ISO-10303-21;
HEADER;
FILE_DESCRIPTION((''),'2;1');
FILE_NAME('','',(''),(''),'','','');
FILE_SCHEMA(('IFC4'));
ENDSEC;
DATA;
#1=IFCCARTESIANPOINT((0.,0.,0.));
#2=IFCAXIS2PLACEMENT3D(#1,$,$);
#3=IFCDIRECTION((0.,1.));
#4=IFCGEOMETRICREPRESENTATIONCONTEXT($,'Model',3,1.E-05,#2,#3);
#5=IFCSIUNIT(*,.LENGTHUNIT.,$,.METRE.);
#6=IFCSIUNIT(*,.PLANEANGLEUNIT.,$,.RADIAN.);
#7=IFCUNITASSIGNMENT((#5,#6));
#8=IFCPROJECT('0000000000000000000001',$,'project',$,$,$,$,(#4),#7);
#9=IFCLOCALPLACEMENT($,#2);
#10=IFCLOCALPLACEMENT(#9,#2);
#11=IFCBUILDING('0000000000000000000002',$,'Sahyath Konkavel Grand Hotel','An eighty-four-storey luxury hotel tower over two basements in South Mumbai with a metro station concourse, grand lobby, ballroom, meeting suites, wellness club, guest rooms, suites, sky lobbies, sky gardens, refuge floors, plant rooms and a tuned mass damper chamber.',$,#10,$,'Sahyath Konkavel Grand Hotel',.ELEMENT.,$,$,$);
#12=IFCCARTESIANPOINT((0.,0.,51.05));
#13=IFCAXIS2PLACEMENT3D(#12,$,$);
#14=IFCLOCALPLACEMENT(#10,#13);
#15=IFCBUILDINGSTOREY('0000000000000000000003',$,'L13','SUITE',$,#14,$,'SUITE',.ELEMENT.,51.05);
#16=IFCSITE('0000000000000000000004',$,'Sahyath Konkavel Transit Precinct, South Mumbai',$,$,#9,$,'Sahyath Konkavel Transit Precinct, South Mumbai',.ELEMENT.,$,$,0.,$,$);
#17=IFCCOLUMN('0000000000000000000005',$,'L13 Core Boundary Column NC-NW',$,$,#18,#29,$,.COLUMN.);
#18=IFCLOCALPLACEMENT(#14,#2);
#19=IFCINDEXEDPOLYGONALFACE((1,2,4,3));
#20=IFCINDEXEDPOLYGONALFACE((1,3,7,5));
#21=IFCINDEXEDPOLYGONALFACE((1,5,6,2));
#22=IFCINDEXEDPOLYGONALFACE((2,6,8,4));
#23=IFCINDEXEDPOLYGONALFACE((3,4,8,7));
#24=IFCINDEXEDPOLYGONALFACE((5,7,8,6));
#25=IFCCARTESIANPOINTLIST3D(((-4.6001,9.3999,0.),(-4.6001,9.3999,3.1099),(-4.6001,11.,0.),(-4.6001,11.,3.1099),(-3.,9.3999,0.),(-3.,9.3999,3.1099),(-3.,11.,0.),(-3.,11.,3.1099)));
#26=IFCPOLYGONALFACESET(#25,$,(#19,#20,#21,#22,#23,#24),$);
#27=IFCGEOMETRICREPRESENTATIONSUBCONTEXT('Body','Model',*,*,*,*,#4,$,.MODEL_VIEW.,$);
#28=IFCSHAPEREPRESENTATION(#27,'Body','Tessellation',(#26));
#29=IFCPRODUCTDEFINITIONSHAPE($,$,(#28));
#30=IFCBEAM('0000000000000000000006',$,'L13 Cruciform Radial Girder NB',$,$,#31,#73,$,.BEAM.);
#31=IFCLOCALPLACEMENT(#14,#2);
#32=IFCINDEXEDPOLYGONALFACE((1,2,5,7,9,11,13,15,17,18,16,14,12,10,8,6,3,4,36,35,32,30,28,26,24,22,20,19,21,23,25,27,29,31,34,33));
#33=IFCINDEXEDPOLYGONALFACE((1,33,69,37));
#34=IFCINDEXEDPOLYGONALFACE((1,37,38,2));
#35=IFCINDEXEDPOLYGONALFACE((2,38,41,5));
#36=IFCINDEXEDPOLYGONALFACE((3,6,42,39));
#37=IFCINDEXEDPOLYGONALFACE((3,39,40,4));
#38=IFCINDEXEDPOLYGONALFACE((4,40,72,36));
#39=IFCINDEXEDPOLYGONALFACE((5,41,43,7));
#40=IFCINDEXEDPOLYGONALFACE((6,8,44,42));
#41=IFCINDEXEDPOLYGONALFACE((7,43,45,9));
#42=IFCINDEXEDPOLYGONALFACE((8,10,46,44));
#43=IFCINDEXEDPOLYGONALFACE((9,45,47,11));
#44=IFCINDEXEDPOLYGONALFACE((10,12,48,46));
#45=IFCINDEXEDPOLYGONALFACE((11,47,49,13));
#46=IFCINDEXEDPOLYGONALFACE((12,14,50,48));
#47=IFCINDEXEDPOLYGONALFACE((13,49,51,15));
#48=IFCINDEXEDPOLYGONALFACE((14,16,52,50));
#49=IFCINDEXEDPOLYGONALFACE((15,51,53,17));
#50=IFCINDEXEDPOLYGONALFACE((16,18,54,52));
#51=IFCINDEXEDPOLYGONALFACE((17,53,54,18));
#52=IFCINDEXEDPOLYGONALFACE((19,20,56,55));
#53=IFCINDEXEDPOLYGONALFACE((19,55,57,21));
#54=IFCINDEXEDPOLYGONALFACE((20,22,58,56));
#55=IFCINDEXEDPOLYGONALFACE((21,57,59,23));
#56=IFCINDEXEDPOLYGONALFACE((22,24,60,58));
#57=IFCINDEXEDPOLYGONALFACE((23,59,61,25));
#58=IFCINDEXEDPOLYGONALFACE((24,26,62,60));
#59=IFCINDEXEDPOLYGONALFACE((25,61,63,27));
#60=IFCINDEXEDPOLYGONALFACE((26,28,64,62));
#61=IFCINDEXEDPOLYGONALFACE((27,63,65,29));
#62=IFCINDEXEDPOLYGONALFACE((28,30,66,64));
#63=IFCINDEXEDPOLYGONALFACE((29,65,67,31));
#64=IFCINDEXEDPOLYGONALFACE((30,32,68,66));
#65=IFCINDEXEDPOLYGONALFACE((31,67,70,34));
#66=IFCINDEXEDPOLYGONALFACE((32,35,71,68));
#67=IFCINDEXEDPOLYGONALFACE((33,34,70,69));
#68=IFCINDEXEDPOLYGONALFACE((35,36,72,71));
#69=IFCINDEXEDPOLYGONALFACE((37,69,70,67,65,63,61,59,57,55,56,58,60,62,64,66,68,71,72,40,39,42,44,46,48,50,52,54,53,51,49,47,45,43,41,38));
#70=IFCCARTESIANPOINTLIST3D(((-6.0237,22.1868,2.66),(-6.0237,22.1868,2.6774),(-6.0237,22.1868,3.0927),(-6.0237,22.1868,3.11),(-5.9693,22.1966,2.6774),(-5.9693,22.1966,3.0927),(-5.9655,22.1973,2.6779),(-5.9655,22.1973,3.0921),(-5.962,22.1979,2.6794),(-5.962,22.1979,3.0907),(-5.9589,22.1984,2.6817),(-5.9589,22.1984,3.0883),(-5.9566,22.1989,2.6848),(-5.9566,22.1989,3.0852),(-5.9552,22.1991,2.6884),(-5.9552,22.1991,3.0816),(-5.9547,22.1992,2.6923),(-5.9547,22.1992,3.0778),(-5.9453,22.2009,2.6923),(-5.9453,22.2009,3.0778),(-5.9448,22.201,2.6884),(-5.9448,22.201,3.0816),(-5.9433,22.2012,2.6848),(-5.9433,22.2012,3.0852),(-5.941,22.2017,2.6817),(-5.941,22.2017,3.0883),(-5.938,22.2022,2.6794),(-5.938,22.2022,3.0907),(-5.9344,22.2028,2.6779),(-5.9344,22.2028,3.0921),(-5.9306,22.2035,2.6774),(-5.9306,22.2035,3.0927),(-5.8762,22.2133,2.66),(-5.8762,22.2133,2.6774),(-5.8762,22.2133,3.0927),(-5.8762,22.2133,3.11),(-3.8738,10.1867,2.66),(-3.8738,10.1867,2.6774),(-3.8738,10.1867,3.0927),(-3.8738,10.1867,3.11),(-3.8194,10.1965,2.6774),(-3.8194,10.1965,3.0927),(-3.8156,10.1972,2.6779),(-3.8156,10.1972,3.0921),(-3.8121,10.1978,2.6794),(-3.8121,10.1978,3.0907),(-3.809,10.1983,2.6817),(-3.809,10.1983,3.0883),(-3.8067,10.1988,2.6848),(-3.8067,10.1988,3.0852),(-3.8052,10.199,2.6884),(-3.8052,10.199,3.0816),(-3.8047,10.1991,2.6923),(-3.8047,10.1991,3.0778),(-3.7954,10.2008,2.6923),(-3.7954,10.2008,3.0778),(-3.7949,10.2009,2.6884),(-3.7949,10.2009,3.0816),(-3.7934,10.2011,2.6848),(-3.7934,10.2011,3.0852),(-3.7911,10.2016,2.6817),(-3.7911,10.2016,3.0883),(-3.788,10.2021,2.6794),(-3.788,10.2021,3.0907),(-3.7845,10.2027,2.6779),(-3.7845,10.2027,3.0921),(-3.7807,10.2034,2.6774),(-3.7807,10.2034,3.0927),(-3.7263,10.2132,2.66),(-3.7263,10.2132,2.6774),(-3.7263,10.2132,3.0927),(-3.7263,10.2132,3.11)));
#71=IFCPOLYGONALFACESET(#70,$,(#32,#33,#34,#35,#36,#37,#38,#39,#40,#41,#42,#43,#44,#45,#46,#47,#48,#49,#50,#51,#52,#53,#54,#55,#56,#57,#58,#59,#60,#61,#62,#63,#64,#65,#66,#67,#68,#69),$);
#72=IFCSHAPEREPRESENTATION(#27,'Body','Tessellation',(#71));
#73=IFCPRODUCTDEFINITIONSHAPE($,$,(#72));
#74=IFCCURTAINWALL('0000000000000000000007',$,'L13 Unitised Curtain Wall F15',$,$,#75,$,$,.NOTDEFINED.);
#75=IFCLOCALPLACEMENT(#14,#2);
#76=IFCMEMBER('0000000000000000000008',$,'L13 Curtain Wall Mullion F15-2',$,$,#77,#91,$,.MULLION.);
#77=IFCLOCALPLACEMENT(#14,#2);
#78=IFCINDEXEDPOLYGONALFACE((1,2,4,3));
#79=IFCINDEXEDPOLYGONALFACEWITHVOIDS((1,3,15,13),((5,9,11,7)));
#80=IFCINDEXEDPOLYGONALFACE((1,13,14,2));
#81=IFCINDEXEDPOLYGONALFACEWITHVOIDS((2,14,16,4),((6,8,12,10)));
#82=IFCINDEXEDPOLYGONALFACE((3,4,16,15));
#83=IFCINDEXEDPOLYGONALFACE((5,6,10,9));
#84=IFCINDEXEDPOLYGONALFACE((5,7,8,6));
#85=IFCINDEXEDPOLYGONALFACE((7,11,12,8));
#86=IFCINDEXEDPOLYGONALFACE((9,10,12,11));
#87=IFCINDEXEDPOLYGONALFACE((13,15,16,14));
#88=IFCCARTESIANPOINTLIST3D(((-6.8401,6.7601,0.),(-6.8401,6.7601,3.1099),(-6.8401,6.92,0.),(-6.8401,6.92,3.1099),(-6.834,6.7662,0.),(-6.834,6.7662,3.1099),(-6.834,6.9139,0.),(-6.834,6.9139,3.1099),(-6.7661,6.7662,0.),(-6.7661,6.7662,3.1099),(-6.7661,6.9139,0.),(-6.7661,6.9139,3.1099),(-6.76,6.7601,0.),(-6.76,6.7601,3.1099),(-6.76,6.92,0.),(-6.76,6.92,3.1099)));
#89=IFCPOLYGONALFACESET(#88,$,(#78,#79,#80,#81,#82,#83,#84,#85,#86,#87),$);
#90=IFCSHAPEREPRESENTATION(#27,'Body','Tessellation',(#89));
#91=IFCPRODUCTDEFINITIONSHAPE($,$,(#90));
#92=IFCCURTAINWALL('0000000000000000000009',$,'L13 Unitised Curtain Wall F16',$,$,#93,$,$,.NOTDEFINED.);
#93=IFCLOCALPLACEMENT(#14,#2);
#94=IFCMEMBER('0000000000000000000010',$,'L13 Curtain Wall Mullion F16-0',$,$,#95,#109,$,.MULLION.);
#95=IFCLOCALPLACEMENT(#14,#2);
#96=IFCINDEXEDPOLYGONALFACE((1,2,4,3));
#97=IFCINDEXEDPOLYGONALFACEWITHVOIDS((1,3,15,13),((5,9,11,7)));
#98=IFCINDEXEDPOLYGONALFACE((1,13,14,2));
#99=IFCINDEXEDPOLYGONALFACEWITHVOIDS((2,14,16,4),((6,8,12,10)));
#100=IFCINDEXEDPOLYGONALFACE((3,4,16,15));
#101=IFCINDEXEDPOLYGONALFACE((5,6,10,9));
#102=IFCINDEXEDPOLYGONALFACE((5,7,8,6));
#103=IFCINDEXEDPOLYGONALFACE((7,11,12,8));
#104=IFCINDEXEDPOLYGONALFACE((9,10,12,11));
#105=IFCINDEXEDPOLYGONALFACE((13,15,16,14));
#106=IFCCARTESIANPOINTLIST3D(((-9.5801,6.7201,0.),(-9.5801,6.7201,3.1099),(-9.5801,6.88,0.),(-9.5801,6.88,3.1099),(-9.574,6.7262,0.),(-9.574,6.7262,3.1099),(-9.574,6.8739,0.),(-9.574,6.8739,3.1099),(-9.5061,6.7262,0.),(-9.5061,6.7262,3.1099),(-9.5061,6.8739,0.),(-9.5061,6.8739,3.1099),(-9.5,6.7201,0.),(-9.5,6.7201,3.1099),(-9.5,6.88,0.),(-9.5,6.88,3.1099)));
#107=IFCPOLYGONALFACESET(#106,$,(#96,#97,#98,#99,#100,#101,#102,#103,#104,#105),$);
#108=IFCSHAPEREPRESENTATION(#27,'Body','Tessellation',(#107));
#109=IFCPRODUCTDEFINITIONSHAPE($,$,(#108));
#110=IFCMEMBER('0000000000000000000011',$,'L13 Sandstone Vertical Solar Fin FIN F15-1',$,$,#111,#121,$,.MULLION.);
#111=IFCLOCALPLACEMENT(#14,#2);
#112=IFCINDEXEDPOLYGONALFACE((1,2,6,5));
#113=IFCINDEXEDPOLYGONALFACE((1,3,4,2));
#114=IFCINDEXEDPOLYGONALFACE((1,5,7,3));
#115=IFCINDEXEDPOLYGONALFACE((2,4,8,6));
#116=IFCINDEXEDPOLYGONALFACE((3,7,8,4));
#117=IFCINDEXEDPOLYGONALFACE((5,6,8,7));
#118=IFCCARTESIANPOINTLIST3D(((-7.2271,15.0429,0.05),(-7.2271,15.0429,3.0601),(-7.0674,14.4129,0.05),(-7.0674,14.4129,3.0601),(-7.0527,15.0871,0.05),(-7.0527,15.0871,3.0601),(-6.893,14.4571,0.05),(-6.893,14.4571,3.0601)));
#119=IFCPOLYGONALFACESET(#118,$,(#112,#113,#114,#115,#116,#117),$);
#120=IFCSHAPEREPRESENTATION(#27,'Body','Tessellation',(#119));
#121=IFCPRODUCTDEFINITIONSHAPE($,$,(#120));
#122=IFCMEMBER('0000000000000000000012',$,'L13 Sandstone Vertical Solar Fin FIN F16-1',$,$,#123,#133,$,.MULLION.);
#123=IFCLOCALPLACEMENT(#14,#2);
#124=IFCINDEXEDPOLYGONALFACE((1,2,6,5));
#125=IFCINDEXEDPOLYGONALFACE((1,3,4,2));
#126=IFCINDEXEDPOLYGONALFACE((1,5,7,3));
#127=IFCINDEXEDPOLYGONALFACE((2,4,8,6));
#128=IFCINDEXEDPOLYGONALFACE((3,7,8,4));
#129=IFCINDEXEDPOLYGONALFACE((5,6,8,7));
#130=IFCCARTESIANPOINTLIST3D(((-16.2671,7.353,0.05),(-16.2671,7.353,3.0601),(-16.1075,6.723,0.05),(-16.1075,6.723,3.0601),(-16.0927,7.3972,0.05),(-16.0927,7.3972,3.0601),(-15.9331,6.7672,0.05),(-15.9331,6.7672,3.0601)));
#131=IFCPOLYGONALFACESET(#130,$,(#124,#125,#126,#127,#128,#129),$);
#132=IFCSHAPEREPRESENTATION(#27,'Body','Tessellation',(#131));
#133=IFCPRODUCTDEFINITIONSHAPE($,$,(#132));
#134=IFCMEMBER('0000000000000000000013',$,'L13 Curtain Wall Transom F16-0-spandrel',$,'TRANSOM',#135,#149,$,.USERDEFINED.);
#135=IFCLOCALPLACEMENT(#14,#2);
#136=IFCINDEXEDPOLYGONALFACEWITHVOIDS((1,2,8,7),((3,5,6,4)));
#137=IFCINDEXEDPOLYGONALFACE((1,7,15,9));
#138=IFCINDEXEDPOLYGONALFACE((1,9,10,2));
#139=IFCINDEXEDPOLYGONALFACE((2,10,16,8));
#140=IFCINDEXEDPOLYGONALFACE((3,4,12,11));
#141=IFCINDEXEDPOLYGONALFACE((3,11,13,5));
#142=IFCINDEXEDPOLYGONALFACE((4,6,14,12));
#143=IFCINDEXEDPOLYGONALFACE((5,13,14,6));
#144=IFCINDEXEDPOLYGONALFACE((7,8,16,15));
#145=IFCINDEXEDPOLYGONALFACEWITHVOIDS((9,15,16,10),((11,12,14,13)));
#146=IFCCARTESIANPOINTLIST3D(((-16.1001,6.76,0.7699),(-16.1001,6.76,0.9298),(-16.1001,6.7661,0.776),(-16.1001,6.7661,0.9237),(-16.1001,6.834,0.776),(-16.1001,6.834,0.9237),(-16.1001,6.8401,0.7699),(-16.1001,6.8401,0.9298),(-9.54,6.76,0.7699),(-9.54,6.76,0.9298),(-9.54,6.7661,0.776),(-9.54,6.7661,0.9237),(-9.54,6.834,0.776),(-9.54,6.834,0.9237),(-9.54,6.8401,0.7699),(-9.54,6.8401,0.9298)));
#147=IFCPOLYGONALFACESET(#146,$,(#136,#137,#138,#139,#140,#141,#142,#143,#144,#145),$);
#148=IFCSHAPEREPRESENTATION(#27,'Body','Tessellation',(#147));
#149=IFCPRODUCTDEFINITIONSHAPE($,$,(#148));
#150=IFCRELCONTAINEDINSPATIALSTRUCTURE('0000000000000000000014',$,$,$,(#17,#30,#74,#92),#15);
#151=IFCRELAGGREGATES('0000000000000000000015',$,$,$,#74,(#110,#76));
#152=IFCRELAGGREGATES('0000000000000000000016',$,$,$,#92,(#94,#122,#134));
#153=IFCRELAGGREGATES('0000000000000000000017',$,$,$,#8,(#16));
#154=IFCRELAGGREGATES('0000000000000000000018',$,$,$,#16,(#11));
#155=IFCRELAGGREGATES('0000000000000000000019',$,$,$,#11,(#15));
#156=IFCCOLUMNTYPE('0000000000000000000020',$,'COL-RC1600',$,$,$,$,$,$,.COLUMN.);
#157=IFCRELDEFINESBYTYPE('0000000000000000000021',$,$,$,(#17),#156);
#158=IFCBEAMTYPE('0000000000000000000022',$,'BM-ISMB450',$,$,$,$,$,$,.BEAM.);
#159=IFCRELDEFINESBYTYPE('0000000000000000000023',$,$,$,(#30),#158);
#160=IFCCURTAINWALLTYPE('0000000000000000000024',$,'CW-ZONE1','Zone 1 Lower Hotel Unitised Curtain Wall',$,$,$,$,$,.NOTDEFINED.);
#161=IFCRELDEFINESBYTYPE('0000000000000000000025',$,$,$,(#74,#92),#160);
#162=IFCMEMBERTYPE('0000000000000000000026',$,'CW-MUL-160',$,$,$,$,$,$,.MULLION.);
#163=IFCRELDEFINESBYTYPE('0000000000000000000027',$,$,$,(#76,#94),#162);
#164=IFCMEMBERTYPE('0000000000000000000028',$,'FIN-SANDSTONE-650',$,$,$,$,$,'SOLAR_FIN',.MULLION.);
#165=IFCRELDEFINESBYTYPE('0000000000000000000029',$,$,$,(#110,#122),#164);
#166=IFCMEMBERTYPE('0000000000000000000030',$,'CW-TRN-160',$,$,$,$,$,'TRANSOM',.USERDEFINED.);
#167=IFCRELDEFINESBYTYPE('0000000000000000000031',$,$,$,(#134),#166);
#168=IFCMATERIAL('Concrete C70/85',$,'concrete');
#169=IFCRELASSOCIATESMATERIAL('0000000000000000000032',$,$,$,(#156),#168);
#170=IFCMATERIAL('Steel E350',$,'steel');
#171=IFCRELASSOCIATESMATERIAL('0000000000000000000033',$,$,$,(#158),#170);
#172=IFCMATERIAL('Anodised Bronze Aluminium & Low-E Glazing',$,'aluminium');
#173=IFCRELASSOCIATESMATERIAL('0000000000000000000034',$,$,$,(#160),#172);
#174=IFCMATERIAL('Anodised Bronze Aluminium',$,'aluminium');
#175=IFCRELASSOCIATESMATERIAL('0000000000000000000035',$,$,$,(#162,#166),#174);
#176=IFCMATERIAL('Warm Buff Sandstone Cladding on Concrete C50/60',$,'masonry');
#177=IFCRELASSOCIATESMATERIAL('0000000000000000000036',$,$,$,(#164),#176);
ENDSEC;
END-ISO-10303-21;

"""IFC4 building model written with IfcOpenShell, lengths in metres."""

from ifc_helpers import new_model, si_unit, direction, frame, origin, origin_2d, place, context, subcontext, project, spatial, rectangle, hollow_rectangle, i_section, extrude, source, transform, mapped, material, material_profile, profile_set, type_object, element, aggregate, save


model = new_model("IFC4")

# Units and contexts
model_context = context("Model", 3, precision=1e-05, world=origin(), true_north=direction((0.0, 1.0)))
body_context = subcontext(model_context, "Body", "Model", "MODEL_VIEW")
ifc_project = project(units=[si_unit("LENGTHUNIT", "METRE"), si_unit("PLANEANGLEUNIT", "RADIAN")], contexts=[model_context])

# Site, building, storey
site_placement = place(None, origin())
site = spatial("IfcSite", under=ifc_project, at=site_placement, Name="Sahyath Konkavel Transit Precinct, South Mumbai", LongName="Sahyath Konkavel Transit Precinct, South Mumbai", CompositionType="ELEMENT", RefElevation=0.0)
building_placement = place(site_placement, origin())
building = spatial("IfcBuilding", under=site, at=building_placement, Name="Sahyath Konkavel Grand Hotel", Description="An eighty-four-storey luxury hotel tower over two basements in South Mumbai with a metro station concourse, grand lobby, ballroom, meeting suites, wellness club, guest rooms, suites, sky lobbies, sky gardens, refuge floors, plant rooms and a tuned mass damper chamber.", LongName="Sahyath Konkavel Grand Hotel", CompositionType="ELEMENT")
storey_placement = place(building_placement, frame((0.0, 0.0, 51.05)))
storey = spatial("IfcBuildingStorey", under=building, at=storey_placement, Name="L13", Description="SUITE", LongName="SUITE", CompositionType="ELEMENT", Elevation=51.05)

# Column
ifc_material_1 = material(Name="Concrete C70/85", Category="concrete")
ifc_material_profile_1 = material_profile(ifc_material_1, rectangle(XDim=1.6001, YDim=1.6001, at=origin_2d()), Name="RC 1600x1600")
ifc_profile_set_1 = profile_set([ifc_material_profile_1], Name="Concrete C70/85")
column_type = type_object("IfcColumnType", Name="COL-RC1600", PredefinedType="COLUMN", material=ifc_profile_set_1)
shared_shape_1 = source(origin(), body_context, "Body", "SweptSolid", [
    extrude(rectangle(XDim=1.6001, YDim=1.6001, at=origin_2d()), origin(), (0.0, 0.0, 1.0), 3.1099),
])
column_placement = place(storey_placement, frame((-3.8, 10.2, 0.0), z_axis=(0.0, 0.0, 1.0), x_axis=(1.0, 0.0, 0.0)))
element("IfcColumn", 1, at=column_placement, inside=storey, type_object=column_type, Name="L13 Core Boundary Column NC-NW", PredefinedType="COLUMN", context=body_context, shape_type="MappedRepresentation", body=[
    mapped(shared_shape_1, transform((0.0, 0.0, 0.0), scale=1.0)),
])

# Beam
ifc_material_2 = material(Name="Steel E350", Category="steel")
ifc_material_profile_2 = material_profile(ifc_material_2, i_section(OverallWidth=0.1499, OverallDepth=0.45, WebThickness=0.0095, FlangeThickness=0.0173, FilletRadius=0.0149, at=origin_2d()), Name="ISMB 450")
ifc_profile_set_2 = profile_set([ifc_material_profile_2], Name="Steel E350")
beam_type_1 = type_object("IfcBeamType", Name="BM-ISMB450", PredefinedType="BEAM", material=ifc_profile_set_2)
shared_shape_2 = source(origin(), body_context, "Body", "SweptSolid", [
    extrude(i_section(OverallWidth=0.1499, OverallDepth=0.45, WebThickness=0.0095, FlangeThickness=0.0173, FilletRadius=0.0149, at=origin_2d()), origin(), (0.0, 0.0, 1.0), 12.1912),
])
beam_1_placement = place(storey_placement, frame((-3.8, 10.2, 2.885), z_axis=(-0.176351, 0.984327, 0.0), x_axis=(-0.984327, -0.176351, 0.0)))
element("IfcBeam", 2, at=beam_1_placement, inside=storey, type_object=beam_type_1, Name="L13 Cruciform Radial Girder NB", PredefinedType="BEAM", context=body_context, shape_type="MappedRepresentation", body=[
    mapped(shared_shape_2, transform((0.0, 0.0, 0.0), scale=1.0)),
])

# Curtain walls, members
ifc_material_3 = material(Name="Anodised Bronze Aluminium & Low-E Glazing", Category="aluminium")
curtain_wall_type = type_object("IfcCurtainWallType", Name="CW-ZONE1", Description="Zone 1 Lower Hotel Unitised Curtain Wall", PredefinedType="NOTDEFINED", material=ifc_material_3)
curtain_wall_1_placement = place(storey_placement, origin())
curtain_wall_1 = element("IfcCurtainWall", 3, at=curtain_wall_1_placement, inside=storey, type_object=curtain_wall_type, Name="L13 Unitised Curtain Wall F15", PredefinedType="NOTDEFINED")
ifc_material_4 = material(Name="Anodised Bronze Aluminium", Category="aluminium")
ifc_material_profile_3 = material_profile(ifc_material_4, hollow_rectangle(XDim=0.0801, YDim=0.1599, WallThickness=0.0061, at=origin_2d()), Name="RHS 160x80x6")
ifc_profile_set_3 = profile_set([ifc_material_profile_3], Name="Anodised Bronze Aluminium")
member_type_1 = type_object("IfcMemberType", Name="CW-MUL-160", PredefinedType="MULLION", material=ifc_profile_set_3)
shared_shape_3 = source(origin(), body_context, "Body", "SweptSolid", [
    extrude(hollow_rectangle(XDim=0.0801, YDim=0.1599, WallThickness=0.0061, at=origin_2d()), origin(), (0.0, 0.0, 1.0), 3.1099),
])
member_1_placement = place(storey_placement, frame((-6.8, 6.8401, 0.0), z_axis=(0.0, 0.0, 1.0), x_axis=(1.0, 0.0, 0.0)))
member_1 = element("IfcMember", 4, at=member_1_placement, type_object=member_type_1, Name="L13 Curtain Wall Mullion F15-2", PredefinedType="MULLION", context=body_context, shape_type="MappedRepresentation", body=[
    mapped(shared_shape_3, transform((0.0, 0.0, 0.0), scale=1.0)),
])
curtain_wall_2_placement = place(storey_placement, origin())
curtain_wall_2 = element("IfcCurtainWall", 5, at=curtain_wall_2_placement, inside=storey, type_object=curtain_wall_type, Name="L13 Unitised Curtain Wall F16", PredefinedType="NOTDEFINED")
member_2_placement = place(storey_placement, frame((-9.54, 6.8, 0.0), z_axis=(0.0, 0.0, 1.0), x_axis=(1.0, 0.0, 0.0)))
member_2 = element("IfcMember", 6, at=member_2_placement, type_object=member_type_1, Name="L13 Curtain Wall Mullion F16-0", PredefinedType="MULLION", context=body_context, shape_type="MappedRepresentation", body=[
    mapped(shared_shape_3, transform((0.0, 0.0, 0.0), scale=1.0)),
])

# Members
ifc_material_5 = material(Name="Warm Buff Sandstone Cladding on Concrete C50/60", Category="masonry")
ifc_material_profile_4 = material_profile(ifc_material_5, rectangle(XDim=0.1799, YDim=0.6499, at=origin_2d()), Name="FIN 180x650")
ifc_profile_set_4 = profile_set([ifc_material_profile_4], Name="Warm Buff Sandstone Cladding on Concrete C50/60")
member_type_2 = type_object("IfcMemberType", Name="FIN-SANDSTONE-650", ElementType="SOLAR_FIN", PredefinedType="MULLION", material=ifc_profile_set_4)
shared_shape_4 = source(origin(), body_context, "Body", "SweptSolid", [
    extrude(rectangle(XDim=0.1799, YDim=0.6499, at=origin_2d()), origin(), (0.0, 0.0, 1.0), 3.01),
])
member_3_placement = place(storey_placement, frame((-7.0601, 14.75, 0.05), z_axis=(0.0, 0.0, 1.0), x_axis=(0.96936, 0.245646, 0.0)))
member_3 = element("IfcMember", 7, at=member_3_placement, type_object=member_type_2, Name="L13 Sandstone Vertical Solar Fin FIN F15-1", PredefinedType="MULLION", context=body_context, shape_type="MappedRepresentation", body=[
    mapped(shared_shape_4, transform((0.0, 0.0, 0.0), scale=1.0)),
])
member_4_placement = place(storey_placement, frame((-16.1001, 7.0601, 0.05), z_axis=(0.0, 0.0, 1.0), x_axis=(0.96936, 0.245646, 0.0)))
member_4 = element("IfcMember", 8, at=member_4_placement, type_object=member_type_2, Name="L13 Sandstone Vertical Solar Fin FIN F16-1", PredefinedType="MULLION", context=body_context, shape_type="MappedRepresentation", body=[
    mapped(shared_shape_4, transform((0.0, 0.0, 0.0), scale=1.0)),
])
ifc_material_profile_5 = material_profile(ifc_material_4, hollow_rectangle(XDim=0.0801, YDim=0.1599, WallThickness=0.0061, at=origin_2d()), Name="RHS 160x80x6")
ifc_profile_set_5 = profile_set([ifc_material_profile_5], Name="Anodised Bronze Aluminium")
member_type_3 = type_object("IfcMemberType", Name="CW-TRN-160", ElementType="TRANSOM", PredefinedType="USERDEFINED", material=ifc_profile_set_5)
shared_shape_5 = source(origin(), body_context, "Body", "SweptSolid", [
    extrude(hollow_rectangle(XDim=0.0801, YDim=0.1599, WallThickness=0.0061, at=origin_2d()), origin(), (0.0, 0.0, 1.0), 6.5601),
])
member_5_placement = place(storey_placement, frame((-9.54, 6.8, 0.8499), z_axis=(-1.0, 0.0, 0.0), x_axis=(0.0, -1.0, 0.0)))
member_5 = element("IfcMember", 9, at=member_5_placement, type_object=member_type_3, Name="L13 Curtain Wall Transom F16-0-spandrel", ObjectType="TRANSOM", PredefinedType="USERDEFINED", context=body_context, shape_type="MappedRepresentation", body=[
    mapped(shared_shape_5, transform((0.0, 0.0, 0.0), scale=1.0)),
])

aggregate(curtain_wall_1, [member_3, member_1])
aggregate(curtain_wall_2, [member_2, member_4, member_5])

save(model, "model.ifc")
